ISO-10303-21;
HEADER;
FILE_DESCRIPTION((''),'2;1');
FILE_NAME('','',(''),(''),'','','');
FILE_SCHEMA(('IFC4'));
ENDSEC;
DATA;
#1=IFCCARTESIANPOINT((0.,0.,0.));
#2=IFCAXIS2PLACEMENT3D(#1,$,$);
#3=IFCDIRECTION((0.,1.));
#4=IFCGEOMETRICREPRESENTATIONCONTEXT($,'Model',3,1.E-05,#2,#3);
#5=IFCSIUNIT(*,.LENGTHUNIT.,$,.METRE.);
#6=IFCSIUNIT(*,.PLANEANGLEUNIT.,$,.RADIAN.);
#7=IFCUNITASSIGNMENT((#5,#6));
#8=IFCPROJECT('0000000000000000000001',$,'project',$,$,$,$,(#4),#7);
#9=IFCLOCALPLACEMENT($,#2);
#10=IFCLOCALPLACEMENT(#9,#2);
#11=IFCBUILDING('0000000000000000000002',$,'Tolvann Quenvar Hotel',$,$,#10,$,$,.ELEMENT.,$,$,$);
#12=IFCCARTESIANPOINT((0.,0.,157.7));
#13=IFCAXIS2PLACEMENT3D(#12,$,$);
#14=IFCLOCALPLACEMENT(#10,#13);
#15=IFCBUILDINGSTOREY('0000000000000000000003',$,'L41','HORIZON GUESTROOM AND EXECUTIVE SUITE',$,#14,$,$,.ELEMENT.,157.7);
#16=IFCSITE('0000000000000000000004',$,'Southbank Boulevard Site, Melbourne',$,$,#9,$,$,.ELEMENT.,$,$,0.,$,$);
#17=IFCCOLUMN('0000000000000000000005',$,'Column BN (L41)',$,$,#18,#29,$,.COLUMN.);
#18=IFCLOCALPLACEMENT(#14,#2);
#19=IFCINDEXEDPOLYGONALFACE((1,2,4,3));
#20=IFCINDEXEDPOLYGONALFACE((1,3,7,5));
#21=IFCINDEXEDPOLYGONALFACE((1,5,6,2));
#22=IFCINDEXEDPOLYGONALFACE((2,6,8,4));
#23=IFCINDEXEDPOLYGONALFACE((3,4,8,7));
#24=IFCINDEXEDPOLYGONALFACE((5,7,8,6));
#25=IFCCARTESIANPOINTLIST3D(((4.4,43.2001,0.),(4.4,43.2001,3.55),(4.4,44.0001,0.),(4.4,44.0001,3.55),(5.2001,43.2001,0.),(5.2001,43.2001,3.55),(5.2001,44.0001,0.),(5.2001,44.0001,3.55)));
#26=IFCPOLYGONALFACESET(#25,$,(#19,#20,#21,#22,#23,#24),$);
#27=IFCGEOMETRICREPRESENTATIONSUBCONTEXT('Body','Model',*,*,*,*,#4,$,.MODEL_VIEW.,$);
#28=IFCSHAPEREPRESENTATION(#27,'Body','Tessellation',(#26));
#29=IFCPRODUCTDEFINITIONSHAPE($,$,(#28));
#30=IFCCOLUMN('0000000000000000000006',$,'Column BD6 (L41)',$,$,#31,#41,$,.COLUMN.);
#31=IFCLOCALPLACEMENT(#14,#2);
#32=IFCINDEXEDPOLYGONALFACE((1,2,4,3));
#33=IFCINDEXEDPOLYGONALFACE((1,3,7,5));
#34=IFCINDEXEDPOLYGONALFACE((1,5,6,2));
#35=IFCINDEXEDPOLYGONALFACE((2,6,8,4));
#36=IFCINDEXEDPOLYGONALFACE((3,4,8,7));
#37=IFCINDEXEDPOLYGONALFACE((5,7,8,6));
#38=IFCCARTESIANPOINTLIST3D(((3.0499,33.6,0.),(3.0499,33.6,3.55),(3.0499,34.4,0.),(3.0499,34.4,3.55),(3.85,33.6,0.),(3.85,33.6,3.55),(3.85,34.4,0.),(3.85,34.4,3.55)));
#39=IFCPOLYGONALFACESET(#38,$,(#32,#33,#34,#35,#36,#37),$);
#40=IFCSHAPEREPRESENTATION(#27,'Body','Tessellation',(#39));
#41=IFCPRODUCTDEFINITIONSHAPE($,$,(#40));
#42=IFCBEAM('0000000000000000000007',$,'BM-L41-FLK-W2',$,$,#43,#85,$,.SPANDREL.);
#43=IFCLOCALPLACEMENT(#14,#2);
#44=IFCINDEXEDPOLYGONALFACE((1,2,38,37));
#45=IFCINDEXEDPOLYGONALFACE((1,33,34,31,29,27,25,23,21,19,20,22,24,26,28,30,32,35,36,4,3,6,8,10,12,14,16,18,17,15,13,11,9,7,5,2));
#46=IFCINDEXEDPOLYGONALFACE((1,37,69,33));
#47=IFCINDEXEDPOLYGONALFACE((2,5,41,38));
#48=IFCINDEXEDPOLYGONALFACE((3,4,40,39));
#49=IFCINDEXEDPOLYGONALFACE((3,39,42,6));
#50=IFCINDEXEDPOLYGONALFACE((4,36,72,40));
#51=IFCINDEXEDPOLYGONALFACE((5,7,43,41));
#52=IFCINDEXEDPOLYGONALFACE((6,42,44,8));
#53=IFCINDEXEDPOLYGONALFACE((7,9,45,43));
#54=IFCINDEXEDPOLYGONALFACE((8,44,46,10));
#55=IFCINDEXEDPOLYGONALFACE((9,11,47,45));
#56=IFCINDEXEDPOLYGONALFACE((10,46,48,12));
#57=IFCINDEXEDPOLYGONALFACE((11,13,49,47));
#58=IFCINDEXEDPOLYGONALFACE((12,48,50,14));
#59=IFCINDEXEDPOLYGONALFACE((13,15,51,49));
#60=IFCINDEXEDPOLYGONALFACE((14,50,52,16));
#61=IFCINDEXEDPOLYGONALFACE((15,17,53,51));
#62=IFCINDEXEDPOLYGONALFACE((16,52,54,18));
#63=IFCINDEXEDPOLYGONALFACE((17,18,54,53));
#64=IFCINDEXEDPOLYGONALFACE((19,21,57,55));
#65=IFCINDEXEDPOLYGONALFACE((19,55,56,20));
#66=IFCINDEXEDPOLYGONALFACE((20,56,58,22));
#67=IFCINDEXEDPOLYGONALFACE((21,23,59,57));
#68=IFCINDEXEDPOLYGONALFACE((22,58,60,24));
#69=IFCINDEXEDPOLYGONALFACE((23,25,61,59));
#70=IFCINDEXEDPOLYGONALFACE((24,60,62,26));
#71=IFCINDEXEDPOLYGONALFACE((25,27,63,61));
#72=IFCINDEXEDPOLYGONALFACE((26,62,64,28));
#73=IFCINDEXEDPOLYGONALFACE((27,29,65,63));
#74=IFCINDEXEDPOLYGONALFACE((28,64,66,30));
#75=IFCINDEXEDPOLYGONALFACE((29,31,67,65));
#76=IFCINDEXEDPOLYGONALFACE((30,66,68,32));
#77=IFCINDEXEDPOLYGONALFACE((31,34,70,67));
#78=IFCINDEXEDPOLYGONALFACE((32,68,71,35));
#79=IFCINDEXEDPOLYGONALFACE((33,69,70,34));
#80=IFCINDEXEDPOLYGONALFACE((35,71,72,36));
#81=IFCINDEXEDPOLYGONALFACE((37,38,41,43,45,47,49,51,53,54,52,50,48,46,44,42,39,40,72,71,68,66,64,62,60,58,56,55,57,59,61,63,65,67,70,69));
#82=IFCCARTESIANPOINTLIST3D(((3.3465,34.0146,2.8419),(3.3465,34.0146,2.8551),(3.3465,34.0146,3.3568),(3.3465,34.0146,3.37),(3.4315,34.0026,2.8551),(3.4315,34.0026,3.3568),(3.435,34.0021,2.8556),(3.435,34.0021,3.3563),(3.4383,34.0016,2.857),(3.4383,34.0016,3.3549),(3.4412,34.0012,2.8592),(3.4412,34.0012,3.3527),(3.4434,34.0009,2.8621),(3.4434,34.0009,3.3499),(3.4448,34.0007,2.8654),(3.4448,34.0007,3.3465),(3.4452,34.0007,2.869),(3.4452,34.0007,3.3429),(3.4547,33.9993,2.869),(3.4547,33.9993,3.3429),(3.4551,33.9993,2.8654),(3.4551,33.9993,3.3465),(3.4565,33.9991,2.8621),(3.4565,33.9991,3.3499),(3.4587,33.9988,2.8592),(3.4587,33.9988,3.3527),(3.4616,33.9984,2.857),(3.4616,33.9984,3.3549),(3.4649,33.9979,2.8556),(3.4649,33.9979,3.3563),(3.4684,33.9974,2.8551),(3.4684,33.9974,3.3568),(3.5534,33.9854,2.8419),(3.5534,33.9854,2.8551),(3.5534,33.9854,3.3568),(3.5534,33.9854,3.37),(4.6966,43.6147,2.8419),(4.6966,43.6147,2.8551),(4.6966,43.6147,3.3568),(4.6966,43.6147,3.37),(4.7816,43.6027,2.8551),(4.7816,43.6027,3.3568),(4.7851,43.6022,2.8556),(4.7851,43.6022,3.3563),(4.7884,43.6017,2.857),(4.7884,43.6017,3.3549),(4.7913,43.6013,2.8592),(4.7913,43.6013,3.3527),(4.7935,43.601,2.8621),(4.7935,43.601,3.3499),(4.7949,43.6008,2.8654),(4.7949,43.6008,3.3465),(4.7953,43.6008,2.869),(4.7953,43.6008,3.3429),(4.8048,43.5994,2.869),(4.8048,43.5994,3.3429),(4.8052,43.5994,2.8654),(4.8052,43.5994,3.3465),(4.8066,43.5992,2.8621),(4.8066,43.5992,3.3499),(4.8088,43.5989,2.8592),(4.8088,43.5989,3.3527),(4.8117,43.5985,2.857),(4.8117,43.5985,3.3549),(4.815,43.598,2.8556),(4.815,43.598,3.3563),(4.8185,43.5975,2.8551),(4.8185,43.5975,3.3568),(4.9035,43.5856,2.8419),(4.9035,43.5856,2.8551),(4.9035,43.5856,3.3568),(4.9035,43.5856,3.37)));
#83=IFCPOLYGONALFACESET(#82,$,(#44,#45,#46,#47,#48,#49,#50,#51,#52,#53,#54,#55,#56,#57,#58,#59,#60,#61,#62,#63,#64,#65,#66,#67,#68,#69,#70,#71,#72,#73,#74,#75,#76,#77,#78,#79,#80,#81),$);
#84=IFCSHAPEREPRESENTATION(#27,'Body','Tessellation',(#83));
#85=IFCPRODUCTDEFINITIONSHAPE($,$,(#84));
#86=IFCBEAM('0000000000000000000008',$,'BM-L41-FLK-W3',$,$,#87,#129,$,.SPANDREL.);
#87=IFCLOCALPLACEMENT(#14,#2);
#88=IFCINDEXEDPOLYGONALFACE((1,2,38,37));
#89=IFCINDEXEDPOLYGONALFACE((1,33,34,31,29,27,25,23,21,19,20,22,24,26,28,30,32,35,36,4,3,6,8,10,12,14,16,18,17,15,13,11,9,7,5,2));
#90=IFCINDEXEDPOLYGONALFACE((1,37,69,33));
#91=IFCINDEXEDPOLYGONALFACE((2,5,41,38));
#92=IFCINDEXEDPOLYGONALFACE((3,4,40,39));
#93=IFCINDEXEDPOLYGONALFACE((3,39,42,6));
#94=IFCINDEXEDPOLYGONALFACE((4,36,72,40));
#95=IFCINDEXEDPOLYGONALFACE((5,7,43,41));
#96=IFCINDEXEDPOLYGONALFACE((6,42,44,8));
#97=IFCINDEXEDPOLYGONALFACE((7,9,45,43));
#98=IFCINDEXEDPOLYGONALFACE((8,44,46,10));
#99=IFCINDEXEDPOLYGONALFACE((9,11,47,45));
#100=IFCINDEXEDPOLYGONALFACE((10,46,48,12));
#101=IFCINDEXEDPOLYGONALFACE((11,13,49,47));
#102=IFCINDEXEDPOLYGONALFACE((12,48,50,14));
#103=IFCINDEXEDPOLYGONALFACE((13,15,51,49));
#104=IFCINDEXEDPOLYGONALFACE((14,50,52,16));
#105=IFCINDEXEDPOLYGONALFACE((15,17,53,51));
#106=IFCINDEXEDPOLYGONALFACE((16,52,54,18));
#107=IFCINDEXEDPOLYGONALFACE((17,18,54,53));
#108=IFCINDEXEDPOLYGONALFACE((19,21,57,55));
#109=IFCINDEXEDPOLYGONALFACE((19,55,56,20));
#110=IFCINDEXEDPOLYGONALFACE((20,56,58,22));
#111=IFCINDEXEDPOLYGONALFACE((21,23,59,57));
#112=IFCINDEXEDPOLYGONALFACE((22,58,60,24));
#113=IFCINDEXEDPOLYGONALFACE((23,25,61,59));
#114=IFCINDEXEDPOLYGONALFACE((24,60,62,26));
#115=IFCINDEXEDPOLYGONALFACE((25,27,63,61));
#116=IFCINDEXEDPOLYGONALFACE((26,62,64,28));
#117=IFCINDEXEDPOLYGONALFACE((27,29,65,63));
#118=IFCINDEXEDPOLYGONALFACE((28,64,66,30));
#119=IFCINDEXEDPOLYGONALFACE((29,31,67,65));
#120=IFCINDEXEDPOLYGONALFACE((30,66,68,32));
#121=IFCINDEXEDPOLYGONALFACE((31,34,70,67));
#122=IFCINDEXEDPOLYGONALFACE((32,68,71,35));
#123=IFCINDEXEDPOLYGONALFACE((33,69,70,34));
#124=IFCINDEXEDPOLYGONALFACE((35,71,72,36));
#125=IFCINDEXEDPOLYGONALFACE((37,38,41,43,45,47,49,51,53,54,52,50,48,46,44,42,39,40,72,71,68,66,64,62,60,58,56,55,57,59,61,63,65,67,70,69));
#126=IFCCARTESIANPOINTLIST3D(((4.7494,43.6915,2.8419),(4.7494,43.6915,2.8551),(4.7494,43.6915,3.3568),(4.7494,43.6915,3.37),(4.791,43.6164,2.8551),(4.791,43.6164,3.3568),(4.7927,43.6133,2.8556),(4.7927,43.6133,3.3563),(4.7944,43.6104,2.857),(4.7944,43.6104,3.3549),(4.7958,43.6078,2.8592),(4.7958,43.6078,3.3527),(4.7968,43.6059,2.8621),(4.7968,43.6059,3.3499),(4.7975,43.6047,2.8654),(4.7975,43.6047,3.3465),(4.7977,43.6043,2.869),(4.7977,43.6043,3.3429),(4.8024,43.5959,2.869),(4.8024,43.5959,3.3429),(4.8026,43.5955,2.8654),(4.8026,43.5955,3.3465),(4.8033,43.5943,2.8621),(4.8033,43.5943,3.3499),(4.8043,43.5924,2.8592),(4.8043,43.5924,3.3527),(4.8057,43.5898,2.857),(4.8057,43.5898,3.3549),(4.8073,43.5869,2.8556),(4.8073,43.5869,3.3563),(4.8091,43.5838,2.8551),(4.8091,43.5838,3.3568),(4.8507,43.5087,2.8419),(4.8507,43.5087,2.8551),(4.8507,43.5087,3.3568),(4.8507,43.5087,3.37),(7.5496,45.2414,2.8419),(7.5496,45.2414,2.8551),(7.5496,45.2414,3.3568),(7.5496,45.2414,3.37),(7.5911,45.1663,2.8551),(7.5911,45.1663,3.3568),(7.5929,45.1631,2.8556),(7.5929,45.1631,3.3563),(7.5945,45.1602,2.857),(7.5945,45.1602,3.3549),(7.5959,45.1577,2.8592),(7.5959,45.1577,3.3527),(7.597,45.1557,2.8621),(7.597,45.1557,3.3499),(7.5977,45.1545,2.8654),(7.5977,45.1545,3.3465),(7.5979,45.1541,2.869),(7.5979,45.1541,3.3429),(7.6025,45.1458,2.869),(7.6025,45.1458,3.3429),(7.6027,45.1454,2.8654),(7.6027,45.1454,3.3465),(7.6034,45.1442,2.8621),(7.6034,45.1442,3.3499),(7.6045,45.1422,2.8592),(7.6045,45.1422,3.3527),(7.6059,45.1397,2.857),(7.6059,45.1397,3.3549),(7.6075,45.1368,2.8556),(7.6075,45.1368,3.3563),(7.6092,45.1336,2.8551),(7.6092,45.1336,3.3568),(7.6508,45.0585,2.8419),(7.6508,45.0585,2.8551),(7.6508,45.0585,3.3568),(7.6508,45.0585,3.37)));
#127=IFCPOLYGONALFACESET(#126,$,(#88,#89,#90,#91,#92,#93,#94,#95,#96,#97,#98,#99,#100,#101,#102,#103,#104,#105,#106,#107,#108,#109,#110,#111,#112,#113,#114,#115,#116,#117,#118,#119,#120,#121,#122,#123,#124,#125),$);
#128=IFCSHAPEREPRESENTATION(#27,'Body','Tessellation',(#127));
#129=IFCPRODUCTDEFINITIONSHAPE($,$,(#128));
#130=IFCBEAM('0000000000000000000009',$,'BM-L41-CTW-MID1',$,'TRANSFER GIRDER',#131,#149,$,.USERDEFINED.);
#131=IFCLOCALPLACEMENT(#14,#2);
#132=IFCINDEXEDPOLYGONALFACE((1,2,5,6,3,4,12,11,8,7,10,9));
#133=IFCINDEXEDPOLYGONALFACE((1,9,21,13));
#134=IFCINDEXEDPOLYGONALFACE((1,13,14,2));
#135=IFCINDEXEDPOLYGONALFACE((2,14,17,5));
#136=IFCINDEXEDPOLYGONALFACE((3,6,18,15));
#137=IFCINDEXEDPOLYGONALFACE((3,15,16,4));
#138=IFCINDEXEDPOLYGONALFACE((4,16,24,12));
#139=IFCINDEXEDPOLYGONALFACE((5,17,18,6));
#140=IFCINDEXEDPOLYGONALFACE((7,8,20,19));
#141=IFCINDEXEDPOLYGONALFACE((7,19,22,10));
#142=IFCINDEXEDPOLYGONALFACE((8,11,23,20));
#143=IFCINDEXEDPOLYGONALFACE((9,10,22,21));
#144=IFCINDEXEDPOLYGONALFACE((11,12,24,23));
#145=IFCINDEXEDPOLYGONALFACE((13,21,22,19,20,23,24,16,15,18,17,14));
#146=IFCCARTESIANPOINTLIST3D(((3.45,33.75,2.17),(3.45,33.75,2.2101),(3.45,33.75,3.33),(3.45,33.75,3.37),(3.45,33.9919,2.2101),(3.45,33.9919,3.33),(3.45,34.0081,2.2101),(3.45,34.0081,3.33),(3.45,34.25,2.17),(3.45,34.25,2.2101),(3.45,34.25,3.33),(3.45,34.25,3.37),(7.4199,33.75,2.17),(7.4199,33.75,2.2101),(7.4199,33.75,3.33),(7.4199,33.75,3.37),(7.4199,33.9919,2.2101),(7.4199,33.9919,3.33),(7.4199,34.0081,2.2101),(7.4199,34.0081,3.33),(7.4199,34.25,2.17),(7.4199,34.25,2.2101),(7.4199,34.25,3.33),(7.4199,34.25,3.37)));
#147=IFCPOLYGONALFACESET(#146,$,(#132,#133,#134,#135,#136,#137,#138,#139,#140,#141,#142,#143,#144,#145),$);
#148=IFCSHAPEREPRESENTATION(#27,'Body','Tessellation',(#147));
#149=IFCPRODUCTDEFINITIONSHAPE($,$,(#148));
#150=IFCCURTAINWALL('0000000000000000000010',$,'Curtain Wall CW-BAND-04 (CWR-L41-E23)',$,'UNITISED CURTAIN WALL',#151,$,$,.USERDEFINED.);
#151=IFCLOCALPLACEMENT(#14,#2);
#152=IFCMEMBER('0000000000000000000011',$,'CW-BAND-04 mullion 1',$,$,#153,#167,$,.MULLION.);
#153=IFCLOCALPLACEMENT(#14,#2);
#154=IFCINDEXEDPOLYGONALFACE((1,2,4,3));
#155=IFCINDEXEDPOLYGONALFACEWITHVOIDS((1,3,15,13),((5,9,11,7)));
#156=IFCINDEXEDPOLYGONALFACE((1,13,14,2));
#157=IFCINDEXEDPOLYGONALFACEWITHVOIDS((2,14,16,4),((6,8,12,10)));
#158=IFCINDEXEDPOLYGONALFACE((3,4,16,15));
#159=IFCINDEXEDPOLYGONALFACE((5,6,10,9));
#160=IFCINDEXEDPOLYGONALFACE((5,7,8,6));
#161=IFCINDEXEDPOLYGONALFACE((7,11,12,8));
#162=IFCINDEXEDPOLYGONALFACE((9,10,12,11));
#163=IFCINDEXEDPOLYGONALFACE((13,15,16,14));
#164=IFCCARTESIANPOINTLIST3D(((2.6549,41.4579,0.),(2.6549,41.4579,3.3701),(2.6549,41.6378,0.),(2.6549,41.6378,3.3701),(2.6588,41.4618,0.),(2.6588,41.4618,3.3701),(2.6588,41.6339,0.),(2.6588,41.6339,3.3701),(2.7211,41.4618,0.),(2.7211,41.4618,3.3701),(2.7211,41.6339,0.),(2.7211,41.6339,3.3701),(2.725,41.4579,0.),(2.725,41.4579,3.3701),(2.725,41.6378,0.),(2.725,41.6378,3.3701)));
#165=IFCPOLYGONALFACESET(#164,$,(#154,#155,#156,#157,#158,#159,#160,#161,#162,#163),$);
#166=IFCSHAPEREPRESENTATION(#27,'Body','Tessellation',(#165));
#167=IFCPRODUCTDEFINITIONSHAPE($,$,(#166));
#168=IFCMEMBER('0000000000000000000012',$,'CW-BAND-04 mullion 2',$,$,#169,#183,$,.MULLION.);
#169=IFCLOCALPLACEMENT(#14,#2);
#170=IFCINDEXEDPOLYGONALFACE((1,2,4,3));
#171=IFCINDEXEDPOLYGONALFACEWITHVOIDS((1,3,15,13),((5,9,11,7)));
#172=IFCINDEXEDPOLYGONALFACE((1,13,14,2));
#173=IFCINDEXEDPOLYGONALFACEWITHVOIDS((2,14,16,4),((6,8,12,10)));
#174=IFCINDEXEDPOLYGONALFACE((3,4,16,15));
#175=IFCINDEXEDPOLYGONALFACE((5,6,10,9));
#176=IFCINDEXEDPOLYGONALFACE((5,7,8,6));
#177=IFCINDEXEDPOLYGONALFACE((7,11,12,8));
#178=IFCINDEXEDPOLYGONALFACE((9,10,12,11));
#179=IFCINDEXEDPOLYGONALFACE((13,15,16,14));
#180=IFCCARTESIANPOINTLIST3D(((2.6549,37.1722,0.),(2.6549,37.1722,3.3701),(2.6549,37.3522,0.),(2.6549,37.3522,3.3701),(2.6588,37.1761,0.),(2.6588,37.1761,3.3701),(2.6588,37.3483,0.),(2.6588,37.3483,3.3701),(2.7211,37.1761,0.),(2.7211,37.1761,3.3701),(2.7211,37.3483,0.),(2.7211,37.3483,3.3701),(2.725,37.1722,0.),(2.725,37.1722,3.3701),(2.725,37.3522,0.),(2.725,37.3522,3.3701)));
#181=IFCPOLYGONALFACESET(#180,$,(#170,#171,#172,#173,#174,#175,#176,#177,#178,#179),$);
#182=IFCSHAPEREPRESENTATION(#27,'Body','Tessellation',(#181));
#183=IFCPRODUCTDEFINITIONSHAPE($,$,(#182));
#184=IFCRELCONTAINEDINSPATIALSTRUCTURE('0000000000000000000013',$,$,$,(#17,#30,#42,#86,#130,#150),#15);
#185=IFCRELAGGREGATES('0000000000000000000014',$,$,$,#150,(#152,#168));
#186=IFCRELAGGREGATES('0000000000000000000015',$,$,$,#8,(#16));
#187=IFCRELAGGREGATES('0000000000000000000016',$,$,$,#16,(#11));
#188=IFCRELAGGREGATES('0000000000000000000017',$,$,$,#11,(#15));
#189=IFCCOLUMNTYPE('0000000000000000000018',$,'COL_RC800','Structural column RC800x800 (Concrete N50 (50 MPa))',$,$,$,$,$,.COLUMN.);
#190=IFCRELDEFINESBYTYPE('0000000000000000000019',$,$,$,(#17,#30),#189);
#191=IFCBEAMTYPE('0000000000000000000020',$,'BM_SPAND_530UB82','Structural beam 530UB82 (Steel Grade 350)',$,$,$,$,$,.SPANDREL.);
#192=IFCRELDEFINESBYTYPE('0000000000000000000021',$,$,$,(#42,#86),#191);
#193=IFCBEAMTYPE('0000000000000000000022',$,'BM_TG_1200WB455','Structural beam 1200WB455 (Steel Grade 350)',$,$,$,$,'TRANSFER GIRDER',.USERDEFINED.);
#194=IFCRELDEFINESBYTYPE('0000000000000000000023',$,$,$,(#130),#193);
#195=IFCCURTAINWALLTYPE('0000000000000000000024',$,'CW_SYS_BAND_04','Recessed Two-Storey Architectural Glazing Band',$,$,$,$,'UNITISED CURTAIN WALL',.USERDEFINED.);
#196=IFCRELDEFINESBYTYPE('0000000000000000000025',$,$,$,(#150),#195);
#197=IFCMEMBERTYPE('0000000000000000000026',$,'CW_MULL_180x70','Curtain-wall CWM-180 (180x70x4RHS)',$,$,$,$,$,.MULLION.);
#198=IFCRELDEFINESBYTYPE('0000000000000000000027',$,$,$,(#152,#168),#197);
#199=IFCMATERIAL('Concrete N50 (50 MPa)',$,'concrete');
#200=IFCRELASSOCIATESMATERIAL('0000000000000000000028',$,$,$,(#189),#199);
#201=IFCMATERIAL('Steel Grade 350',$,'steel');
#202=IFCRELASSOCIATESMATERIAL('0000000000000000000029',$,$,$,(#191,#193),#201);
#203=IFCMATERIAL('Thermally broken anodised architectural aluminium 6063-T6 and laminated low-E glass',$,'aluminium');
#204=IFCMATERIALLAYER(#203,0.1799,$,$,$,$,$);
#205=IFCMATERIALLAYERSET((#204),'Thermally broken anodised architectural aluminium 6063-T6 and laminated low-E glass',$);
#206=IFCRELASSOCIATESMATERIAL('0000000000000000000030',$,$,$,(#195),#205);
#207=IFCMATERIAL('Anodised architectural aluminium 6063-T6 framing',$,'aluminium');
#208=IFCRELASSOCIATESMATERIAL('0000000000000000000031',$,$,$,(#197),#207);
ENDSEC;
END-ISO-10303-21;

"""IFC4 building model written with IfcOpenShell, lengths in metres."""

from ifc_helpers import new_model, si_unit, direction, frame, origin, origin_2d, place, context, subcontext, project, spatial, rectangle, hollow_rectangle, i_section, extrude, source, transform, mapped, material, layer, layer_set, material_profile, profile_set, type_object, type_shapes, element, aggregate, save


model = new_model("IFC4")

# Units and contexts
model_context = context("Model", 3, precision=1e-05, world=origin(), true_north=direction((0.0, 1.0)))
body_context = subcontext(model_context, "Body", "Model", "MODEL_VIEW")
ifc_project = project(units=[si_unit("LENGTHUNIT", "METRE"), si_unit("PLANEANGLEUNIT", "RADIAN")], contexts=[model_context])

# Site, building, storey
site_placement = place(None, origin())
site = spatial("IfcSite", under=ifc_project, at=site_placement, Name="Southbank Boulevard Site, Melbourne", CompositionType="ELEMENT", RefElevation=0.0)
building_placement = place(site_placement, origin())
building = spatial("IfcBuilding", under=site, at=building_placement, Name="Tolvann Quenvar Hotel", CompositionType="ELEMENT")
storey_placement = place(building_placement, frame((0.0, 0.0, 157.7)))
storey = spatial("IfcBuildingStorey", under=building, at=storey_placement, Name="L41", Description="HORIZON GUESTROOM AND EXECUTIVE SUITE", CompositionType="ELEMENT", Elevation=157.7)

# Columns
ifc_material_1 = material(Name="Concrete N50 (50 MPa)", Category="concrete")
ifc_material_profile_1 = material_profile(ifc_material_1, rectangle(XDim=0.8, YDim=0.8, at=origin_2d()), Name="RC800x800")
ifc_profile_set_1 = profile_set([ifc_material_profile_1], Name="Concrete N50 (50 MPa)")
column_type = type_object("IfcColumnType", Name="COL_RC800", Description="Structural column RC800x800 (Concrete N50 (50 MPa))", PredefinedType="COLUMN", material=ifc_profile_set_1)
shared_shape_1 = source(origin(), body_context, "Body", "SweptSolid", [
    extrude(rectangle(XDim=0.8, YDim=0.8, at=origin_2d()), origin(), (0.0, 0.0, 1.0), 3.55),
])
type_shapes(column_type, [shared_shape_1])
for number, where, z_axis, x_axis, name in (
    (1, (4.8, 43.6001, 0.0), (0.0, 0.0, 1.0), (1.0, 0.0, 0.0), "Column BN (L41)"),
    (2, (3.45, 34.0, 0.0), (0.0, 0.0, 1.0), (1.0, 0.0, 0.0), "Column BD6 (L41)"),
):
    element("IfcColumn", number, at=place(storey_placement, frame(where, z_axis=z_axis, x_axis=x_axis)), inside=storey, type_object=column_type, Name=name, PredefinedType="COLUMN", context=body_context, shape_type="MappedRepresentation", body=[
        mapped(shared_shape_1, transform((0.0, 0.0, 0.0), x_axis=(1.0, 0.0, 0.0), y_axis=(0.0, 1.0, 0.0), z_axis=(0.0, 0.0, 1.0), scale=1.0)),
    ])

# Beams
ifc_material_2 = material(Name="Steel Grade 350", Category="steel")
ifc_material_profile_2 = material_profile(ifc_material_2, i_section(OverallWidth=0.209, OverallDepth=0.5281, WebThickness=0.0095, FlangeThickness=0.0132, FilletRadius=0.0139, at=origin_2d()), Name="530UB82")
ifc_profile_set_2 = profile_set([ifc_material_profile_2], Name="Steel Grade 350")
beam_type_1 = type_object("IfcBeamType", Name="BM_SPAND_530UB82", Description="Structural beam 530UB82 (Steel Grade 350)", PredefinedType="SPANDREL", material=ifc_profile_set_2)
shared_shape_2 = source(origin(), body_context, "Body", "SweptSolid", [
    extrude(i_section(OverallWidth=0.209, OverallDepth=0.5281, WebThickness=0.0095, FlangeThickness=0.0132, FilletRadius=0.0139, at=origin_2d()), origin(), (0.0, 0.0, 1.0), 9.6946),
])
beam_1_placement = place(storey_placement, frame((3.45, 34.0, 3.106), z_axis=(0.139263, 0.990255, 0.0), x_axis=(-0.990255, 0.139263, 0.0)))
element("IfcBeam", 3, at=beam_1_placement, inside=storey, type_object=beam_type_1, Name="BM-L41-FLK-W2", PredefinedType="SPANDREL", context=body_context, shape_type="MappedRepresentation", body=[
    mapped(shared_shape_2, transform((0.0, 0.0, 0.0), x_axis=(1.0, 0.0, 0.0), y_axis=(0.0, 1.0, 0.0), z_axis=(0.0, 0.0, 1.0), scale=1.0)),
])
shared_shape_3 = source(origin(), body_context, "Body", "SweptSolid", [
    extrude(i_section(OverallWidth=0.209, OverallDepth=0.5281, WebThickness=0.0095, FlangeThickness=0.0132, FilletRadius=0.0139, at=origin_2d()), origin(), (0.0, 0.0, 1.0), 3.2004),
])
type_shapes(beam_type_1, [shared_shape_2, shared_shape_3])
beam_2_placement = place(storey_placement, frame((4.8, 43.6001, 3.106), z_axis=(0.874923, 0.484263, 0.0), x_axis=(-0.484263, 0.874923, 0.0)))
element("IfcBeam", 4, at=beam_2_placement, inside=storey, type_object=beam_type_1, Name="BM-L41-FLK-W3", PredefinedType="SPANDREL", context=body_context, shape_type="MappedRepresentation", body=[
    mapped(shared_shape_3, transform((0.0, 0.0, 0.0), x_axis=(1.0, 0.0, 0.0), y_axis=(0.0, 1.0, 0.0), z_axis=(0.0, 0.0, 1.0), scale=1.0)),
])
ifc_material_profile_3 = material_profile(ifc_material_2, i_section(OverallWidth=0.5, OverallDepth=1.2, WebThickness=0.0161, FlangeThickness=0.04, at=origin_2d()), Name="1200WB455")
ifc_profile_set_3 = profile_set([ifc_material_profile_3], Name="Steel Grade 350")
beam_type_2 = type_object("IfcBeamType", Name="BM_TG_1200WB455", Description="Structural beam 1200WB455 (Steel Grade 350)", ElementType="TRANSFER GIRDER", PredefinedType="USERDEFINED", material=ifc_profile_set_3)
shared_shape_4 = source(origin(), body_context, "Body", "SweptSolid", [
    extrude(i_section(OverallWidth=0.5, OverallDepth=1.2, WebThickness=0.0161, FlangeThickness=0.04, at=origin_2d()), origin(), (0.0, 0.0, 1.0), 3.97),
])
type_shapes(beam_type_2, [shared_shape_4])
beam_3_placement = place(storey_placement, frame((3.45, 34.0, 2.77), z_axis=(1.0, 0.0, 0.0), x_axis=(0.0, 1.0, 0.0)))
element("IfcBeam", 5, at=beam_3_placement, inside=storey, type_object=beam_type_2, Name="BM-L41-CTW-MID1", ObjectType="TRANSFER GIRDER", PredefinedType="USERDEFINED", context=body_context, shape_type="MappedRepresentation", body=[
    mapped(shared_shape_4, transform((0.0, 0.0, 0.0), x_axis=(1.0, 0.0, 0.0), y_axis=(0.0, 1.0, 0.0), z_axis=(0.0, 0.0, 1.0), scale=1.0)),
])

# Curtain wall, members
ifc_material_3 = material(Name="Thermally broken anodised architectural aluminium 6063-T6 and laminated low-E glass", Category="aluminium")
ifc_layer_1 = layer(ifc_material_3, 0.1799)
ifc_layer_set_1 = layer_set([ifc_layer_1], Name="Thermally broken anodised architectural aluminium 6063-T6 and laminated low-E glass")
curtain_wall_type = type_object("IfcCurtainWallType", Name="CW_SYS_BAND_04", Description="Recessed Two-Storey Architectural Glazing Band", ElementType="UNITISED CURTAIN WALL", PredefinedType="USERDEFINED", material=ifc_layer_set_1)
curtain_wall_placement = place(storey_placement, origin())
curtain_wall = element("IfcCurtainWall", 6, at=curtain_wall_placement, inside=storey, type_object=curtain_wall_type, Name="Curtain Wall CW-BAND-04 (CWR-L41-E23)", ObjectType="UNITISED CURTAIN WALL", PredefinedType="USERDEFINED")
ifc_material_4 = material(Name="Anodised architectural aluminium 6063-T6 framing", Category="aluminium")
ifc_material_profile_4 = material_profile(ifc_material_4, hollow_rectangle(XDim=0.0701, YDim=0.1799, WallThickness=0.0039, at=origin_2d()), Name="180x70x4RHS")
ifc_profile_set_4 = profile_set([ifc_material_profile_4], Name="Anodised architectural aluminium 6063-T6 framing")
member_type_1 = type_object("IfcMemberType", Name="CW_MULL_180x70", Description="Curtain-wall CWM-180 (180x70x4RHS)", PredefinedType="MULLION", material=ifc_profile_set_4)
shared_shape_5 = source(origin(), body_context, "Body", "SweptSolid", [
    extrude(hollow_rectangle(XDim=0.0701, YDim=0.1799, WallThickness=0.0039, at=origin_2d()), origin(), (0.0, 0.0, 1.0), 3.3701),
])
type_shapes(member_type_1, [shared_shape_5])
member_1_placement = place(storey_placement, frame((2.6899, 41.5479, 0.0), z_axis=(0.0, 0.0, 1.0), x_axis=(1.0, 0.0, 0.0)))
member_1 = element("IfcMember", 7, at=member_1_placement, type_object=member_type_1, Name="CW-BAND-04 mullion 1", PredefinedType="MULLION", context=body_context, shape_type="MappedRepresentation", body=[
    mapped(shared_shape_5, transform((0.0, 0.0, 0.0), x_axis=(1.0, 0.0, 0.0), y_axis=(0.0, 1.0, 0.0), z_axis=(0.0, 0.0, 1.0), scale=1.0)),
])
member_2_placement = place(storey_placement, frame((2.6899, 37.2622, 0.0), z_axis=(0.0, 0.0, 1.0), x_axis=(1.0, 0.0, 0.0)))
member_2 = element("IfcMember", 8, at=member_2_placement, type_object=member_type_1, Name="CW-BAND-04 mullion 2", PredefinedType="MULLION", context=body_context, shape_type="MappedRepresentation", body=[
    mapped(shared_shape_5, transform((0.0, 0.0, 0.0), x_axis=(1.0, 0.0, 0.0), y_axis=(0.0, 1.0, 0.0), z_axis=(0.0, 0.0, 1.0), scale=1.0)),
])
aggregate(curtain_wall, [member_1, member_2])

save(model, "model.ifc")
